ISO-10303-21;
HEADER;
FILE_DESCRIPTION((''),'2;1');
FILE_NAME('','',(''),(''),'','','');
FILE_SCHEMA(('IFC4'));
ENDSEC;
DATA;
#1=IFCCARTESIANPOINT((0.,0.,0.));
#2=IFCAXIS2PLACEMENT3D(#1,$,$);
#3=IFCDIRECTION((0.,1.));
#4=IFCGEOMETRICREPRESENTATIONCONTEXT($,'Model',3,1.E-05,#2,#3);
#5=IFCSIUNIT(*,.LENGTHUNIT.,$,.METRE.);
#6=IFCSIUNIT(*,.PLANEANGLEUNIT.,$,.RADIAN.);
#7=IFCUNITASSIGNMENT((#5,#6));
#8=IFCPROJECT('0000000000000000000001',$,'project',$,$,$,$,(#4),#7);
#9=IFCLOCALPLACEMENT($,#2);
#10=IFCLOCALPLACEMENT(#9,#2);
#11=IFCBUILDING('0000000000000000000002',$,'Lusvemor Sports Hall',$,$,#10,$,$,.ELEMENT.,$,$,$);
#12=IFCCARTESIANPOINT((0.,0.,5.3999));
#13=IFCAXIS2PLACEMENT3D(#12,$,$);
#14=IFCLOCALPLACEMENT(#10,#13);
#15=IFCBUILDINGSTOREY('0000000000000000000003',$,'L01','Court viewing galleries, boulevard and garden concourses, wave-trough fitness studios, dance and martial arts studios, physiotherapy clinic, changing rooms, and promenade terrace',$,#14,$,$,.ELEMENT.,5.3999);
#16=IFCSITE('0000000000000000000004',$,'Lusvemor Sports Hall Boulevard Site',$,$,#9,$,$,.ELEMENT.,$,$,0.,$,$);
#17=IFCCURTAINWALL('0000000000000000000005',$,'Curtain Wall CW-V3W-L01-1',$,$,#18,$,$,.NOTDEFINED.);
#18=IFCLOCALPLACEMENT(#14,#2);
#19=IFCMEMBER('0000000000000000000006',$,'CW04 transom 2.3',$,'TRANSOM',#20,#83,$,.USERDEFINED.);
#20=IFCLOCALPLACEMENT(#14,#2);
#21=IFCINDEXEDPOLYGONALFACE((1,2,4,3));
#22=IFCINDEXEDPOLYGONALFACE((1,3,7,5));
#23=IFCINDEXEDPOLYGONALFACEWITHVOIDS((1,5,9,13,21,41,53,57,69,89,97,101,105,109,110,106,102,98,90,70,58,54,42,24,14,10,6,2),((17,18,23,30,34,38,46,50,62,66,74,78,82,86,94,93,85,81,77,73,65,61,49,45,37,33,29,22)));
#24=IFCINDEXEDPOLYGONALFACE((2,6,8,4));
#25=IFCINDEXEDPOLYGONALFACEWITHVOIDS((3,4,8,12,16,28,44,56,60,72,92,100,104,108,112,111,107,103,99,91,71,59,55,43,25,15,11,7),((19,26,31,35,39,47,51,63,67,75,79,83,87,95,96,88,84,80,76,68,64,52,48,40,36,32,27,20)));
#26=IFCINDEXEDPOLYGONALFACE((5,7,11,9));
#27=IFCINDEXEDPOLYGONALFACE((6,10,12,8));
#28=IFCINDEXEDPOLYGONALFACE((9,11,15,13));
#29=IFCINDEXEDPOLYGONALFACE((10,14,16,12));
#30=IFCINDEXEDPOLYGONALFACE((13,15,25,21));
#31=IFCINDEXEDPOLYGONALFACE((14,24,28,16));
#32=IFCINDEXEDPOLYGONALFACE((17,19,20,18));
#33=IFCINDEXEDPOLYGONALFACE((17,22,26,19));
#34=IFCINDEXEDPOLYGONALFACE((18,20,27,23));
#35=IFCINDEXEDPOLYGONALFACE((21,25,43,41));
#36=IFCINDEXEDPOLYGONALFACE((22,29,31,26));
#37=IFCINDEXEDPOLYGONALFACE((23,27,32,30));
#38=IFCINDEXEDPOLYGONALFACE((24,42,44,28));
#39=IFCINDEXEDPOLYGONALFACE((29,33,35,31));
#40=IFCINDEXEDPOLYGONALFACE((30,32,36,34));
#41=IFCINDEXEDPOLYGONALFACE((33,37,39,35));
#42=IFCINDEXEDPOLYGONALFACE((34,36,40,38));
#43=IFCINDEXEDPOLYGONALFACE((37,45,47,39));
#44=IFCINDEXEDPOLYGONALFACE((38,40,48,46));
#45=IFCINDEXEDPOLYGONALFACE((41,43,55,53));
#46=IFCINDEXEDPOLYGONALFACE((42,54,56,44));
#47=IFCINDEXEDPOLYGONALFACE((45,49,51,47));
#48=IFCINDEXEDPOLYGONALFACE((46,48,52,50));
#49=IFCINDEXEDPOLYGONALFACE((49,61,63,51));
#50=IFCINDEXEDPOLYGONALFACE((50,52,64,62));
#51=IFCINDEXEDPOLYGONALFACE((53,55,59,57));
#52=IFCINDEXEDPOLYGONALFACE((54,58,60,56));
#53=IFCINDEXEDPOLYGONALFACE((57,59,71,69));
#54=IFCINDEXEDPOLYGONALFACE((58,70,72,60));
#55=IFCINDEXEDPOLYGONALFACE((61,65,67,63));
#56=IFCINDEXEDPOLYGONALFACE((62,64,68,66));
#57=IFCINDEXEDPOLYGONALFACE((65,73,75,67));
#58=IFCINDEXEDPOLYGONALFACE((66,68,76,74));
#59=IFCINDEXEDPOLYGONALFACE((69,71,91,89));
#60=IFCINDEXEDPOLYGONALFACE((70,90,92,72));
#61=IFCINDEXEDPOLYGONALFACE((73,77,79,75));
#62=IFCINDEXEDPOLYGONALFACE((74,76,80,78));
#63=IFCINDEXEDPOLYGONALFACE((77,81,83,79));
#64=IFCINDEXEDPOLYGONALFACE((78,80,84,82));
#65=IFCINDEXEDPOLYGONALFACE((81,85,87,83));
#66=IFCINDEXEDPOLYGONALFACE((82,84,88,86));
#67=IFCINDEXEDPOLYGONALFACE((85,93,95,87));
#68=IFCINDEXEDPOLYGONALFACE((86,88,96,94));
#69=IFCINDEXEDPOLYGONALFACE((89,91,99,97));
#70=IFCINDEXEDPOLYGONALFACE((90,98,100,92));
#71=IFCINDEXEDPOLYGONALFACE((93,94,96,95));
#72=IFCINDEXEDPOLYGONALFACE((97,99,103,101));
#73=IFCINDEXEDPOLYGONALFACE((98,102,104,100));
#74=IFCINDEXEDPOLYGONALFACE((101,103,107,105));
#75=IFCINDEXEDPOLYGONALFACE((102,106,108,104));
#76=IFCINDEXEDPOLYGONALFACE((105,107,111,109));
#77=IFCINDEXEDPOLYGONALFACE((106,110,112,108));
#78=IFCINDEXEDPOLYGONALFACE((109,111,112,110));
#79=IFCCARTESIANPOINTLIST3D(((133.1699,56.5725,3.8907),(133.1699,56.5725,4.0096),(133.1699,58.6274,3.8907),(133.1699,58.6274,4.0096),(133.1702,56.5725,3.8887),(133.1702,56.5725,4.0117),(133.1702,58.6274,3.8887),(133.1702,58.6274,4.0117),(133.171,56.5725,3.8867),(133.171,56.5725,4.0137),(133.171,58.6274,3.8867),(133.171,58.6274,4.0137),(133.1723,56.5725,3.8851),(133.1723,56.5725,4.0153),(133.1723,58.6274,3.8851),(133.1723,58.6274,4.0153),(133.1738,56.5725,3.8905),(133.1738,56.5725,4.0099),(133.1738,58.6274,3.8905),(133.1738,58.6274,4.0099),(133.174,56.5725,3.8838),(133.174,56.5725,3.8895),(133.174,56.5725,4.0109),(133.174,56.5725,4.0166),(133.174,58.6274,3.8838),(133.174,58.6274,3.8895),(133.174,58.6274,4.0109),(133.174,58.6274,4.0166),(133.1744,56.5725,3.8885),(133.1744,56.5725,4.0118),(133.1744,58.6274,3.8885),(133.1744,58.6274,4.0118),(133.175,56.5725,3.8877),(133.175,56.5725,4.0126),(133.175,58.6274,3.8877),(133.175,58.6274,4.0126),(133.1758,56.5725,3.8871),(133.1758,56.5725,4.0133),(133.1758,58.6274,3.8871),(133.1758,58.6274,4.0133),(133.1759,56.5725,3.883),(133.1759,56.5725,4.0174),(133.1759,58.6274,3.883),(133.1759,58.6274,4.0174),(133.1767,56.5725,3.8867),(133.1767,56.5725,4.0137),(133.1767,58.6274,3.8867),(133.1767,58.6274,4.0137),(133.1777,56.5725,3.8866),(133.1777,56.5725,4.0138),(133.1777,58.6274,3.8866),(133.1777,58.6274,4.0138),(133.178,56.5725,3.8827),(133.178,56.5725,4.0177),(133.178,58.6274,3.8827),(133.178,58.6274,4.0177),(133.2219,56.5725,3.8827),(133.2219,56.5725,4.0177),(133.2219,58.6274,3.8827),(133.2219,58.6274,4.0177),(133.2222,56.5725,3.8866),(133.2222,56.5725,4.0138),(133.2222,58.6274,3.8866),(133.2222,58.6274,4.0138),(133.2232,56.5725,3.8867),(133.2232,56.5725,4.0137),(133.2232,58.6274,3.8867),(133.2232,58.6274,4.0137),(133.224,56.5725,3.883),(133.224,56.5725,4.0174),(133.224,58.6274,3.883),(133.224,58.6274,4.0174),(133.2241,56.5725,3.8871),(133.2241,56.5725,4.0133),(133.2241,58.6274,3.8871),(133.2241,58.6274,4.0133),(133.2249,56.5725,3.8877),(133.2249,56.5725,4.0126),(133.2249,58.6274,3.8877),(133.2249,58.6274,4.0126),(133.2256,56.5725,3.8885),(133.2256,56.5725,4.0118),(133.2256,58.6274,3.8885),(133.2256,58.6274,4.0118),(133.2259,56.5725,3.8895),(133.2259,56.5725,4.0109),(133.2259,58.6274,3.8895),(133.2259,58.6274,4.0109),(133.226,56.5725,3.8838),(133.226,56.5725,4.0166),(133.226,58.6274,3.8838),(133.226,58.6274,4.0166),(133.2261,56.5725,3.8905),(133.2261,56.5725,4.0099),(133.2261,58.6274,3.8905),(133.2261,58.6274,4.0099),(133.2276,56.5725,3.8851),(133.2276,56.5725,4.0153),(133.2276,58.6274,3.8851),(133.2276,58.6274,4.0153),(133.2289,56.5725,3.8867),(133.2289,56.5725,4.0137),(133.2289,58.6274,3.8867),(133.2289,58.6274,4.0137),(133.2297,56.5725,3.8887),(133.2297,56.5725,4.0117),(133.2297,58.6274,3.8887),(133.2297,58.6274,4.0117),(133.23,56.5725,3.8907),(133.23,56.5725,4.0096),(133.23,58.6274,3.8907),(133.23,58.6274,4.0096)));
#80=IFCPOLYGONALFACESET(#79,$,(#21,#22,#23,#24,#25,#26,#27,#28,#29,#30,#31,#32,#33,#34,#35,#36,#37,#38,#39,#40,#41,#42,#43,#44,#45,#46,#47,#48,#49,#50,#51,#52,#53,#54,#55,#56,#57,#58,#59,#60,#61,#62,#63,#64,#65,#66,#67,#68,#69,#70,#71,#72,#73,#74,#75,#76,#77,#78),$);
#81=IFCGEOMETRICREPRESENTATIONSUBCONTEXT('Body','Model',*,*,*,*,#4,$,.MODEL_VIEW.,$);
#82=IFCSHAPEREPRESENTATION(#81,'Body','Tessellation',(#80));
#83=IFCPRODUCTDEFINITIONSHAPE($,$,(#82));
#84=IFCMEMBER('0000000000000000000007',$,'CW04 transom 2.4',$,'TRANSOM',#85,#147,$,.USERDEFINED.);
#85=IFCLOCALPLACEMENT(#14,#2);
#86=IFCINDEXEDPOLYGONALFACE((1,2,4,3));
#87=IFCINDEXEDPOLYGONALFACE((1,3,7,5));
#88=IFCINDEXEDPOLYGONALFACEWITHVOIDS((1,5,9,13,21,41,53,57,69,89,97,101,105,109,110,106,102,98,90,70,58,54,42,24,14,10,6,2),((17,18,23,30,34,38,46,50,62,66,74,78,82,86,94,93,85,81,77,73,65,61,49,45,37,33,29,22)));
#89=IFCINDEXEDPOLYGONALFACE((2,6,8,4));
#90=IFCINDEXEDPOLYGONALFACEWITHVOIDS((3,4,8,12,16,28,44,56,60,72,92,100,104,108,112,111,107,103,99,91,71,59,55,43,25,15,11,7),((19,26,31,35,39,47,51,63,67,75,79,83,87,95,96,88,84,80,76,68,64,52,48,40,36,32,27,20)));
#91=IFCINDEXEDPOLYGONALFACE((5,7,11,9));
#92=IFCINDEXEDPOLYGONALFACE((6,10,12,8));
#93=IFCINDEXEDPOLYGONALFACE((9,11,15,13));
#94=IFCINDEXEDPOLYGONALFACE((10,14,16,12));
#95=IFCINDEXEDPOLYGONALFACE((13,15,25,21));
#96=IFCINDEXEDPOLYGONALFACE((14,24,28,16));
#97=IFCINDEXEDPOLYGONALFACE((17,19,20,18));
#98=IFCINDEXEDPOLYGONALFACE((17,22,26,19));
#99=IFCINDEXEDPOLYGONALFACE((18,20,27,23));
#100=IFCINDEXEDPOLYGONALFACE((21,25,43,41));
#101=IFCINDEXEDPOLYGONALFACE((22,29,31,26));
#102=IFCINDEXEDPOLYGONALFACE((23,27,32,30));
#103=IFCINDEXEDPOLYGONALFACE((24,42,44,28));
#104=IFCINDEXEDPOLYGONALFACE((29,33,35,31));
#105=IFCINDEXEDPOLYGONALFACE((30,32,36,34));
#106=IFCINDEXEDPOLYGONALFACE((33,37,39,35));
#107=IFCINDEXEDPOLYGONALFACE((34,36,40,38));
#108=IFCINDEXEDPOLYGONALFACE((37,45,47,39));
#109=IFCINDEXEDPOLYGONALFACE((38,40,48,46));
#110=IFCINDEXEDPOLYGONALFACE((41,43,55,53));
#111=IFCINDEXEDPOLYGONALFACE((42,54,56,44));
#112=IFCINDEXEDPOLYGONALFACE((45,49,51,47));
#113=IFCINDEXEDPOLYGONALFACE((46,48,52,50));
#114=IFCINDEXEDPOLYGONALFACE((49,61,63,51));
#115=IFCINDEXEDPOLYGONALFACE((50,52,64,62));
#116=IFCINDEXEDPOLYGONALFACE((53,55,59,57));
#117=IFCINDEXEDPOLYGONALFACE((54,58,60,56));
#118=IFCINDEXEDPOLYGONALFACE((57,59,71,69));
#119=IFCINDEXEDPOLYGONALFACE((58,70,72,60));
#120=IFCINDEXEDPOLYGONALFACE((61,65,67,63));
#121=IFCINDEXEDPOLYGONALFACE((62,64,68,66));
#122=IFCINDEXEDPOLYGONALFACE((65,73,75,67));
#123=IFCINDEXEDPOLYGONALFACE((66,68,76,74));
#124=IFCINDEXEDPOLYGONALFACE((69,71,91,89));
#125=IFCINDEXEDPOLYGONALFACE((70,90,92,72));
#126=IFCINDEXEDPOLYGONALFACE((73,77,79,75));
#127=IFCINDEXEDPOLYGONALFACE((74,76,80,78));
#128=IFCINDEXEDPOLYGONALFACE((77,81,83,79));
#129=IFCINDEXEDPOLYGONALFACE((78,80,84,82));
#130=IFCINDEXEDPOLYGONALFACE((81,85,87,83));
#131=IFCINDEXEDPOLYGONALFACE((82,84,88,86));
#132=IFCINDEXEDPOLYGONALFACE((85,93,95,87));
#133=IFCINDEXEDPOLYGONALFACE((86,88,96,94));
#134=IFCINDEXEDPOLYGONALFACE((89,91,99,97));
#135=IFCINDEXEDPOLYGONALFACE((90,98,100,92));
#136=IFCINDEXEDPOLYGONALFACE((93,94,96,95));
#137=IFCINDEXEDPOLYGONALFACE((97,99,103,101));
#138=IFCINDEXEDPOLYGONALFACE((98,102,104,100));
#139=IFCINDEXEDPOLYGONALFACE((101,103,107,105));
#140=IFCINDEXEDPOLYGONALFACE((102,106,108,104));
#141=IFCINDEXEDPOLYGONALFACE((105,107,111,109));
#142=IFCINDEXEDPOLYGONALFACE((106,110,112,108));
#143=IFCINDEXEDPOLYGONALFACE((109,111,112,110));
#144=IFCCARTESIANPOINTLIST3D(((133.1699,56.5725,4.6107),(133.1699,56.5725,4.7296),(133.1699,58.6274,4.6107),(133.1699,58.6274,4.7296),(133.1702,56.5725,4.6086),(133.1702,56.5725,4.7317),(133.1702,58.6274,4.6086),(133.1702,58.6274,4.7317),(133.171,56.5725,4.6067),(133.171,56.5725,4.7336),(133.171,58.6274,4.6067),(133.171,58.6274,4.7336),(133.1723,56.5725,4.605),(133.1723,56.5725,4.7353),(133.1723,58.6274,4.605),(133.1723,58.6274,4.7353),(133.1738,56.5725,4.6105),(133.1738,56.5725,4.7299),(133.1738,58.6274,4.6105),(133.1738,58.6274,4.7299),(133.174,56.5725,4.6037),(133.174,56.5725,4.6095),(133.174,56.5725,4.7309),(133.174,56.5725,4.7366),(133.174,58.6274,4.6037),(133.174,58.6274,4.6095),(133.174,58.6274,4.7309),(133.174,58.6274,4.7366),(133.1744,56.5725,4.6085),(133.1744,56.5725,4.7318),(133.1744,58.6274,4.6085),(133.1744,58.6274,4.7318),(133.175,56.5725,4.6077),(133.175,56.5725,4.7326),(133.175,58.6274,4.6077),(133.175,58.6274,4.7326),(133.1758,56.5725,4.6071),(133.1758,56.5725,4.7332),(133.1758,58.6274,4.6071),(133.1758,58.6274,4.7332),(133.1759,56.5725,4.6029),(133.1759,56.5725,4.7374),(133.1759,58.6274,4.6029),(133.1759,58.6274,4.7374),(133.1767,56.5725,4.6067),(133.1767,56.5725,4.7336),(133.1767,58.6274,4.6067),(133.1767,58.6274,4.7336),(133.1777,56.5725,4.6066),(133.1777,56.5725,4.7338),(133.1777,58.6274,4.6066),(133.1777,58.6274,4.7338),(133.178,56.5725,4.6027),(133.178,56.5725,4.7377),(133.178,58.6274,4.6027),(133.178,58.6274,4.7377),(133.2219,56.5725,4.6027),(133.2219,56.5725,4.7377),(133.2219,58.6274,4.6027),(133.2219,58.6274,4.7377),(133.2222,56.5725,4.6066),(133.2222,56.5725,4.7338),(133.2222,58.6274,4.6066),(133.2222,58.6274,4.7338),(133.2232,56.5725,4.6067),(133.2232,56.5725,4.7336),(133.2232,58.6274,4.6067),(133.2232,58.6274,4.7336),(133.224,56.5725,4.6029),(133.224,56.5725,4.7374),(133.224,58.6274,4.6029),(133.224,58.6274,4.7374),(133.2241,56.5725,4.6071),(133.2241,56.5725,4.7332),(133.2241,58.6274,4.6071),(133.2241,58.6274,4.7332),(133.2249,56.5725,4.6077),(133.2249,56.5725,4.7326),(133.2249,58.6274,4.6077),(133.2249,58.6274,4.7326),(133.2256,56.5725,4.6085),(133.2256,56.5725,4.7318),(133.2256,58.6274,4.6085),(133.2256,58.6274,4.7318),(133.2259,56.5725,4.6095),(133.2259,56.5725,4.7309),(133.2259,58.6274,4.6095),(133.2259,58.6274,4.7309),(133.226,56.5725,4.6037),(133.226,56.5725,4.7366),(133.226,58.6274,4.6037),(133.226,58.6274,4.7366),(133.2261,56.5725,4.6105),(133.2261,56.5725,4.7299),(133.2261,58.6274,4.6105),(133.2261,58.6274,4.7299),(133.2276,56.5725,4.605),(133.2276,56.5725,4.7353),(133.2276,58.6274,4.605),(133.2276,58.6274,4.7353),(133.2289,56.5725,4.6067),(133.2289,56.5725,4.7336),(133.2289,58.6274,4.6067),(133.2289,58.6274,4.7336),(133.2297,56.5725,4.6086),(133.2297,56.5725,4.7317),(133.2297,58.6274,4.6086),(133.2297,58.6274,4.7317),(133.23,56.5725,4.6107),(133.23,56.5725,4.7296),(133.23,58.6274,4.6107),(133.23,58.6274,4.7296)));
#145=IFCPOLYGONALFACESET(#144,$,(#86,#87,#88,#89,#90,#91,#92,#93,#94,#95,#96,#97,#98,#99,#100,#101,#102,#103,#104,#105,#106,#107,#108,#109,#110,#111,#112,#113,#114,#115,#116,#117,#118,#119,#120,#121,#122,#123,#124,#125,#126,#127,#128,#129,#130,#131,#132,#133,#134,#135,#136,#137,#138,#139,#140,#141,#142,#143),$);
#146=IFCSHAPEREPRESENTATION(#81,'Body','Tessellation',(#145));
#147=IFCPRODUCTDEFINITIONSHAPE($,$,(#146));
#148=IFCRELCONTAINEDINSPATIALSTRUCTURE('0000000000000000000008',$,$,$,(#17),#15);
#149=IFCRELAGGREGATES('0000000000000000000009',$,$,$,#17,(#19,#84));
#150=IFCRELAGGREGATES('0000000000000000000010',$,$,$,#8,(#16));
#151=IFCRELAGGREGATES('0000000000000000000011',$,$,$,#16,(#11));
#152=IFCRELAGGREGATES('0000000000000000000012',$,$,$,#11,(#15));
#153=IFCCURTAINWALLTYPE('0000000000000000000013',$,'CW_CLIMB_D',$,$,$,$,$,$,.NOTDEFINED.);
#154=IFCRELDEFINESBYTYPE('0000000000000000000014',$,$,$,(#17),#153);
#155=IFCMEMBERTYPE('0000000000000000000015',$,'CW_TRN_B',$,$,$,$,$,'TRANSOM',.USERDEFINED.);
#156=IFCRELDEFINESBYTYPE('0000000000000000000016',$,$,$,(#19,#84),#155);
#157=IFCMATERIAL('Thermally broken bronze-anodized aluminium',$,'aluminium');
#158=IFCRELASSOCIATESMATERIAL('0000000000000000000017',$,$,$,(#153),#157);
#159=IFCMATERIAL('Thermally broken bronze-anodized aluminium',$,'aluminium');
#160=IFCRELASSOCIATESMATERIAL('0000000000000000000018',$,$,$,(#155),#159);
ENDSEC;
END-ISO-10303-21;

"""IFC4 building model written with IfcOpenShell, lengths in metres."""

from ifc_helpers import new_model, si_unit, direction, frame, origin, origin_2d, place, context, subcontext, project, spatial, hollow_rectangle, extrude, material, material_profile, profile_set, type_object, element, aggregate, save


model = new_model("IFC4")

# Units and contexts
model_context = context("Model", 3, precision=1e-05, world=origin(), true_north=direction((0.0, 1.0)))
body_context = subcontext(model_context, "Body", "Model", "MODEL_VIEW")
ifc_project = project(units=[si_unit("LENGTHUNIT", "METRE"), si_unit("PLANEANGLEUNIT", "RADIAN")], contexts=[model_context])

# Site, building, storey
site_placement = place(None, origin())
site = spatial("IfcSite", under=ifc_project, at=site_placement, Name="Lusvemor Sports Hall Boulevard Site", CompositionType="ELEMENT", RefElevation=0.0)
building_placement = place(site_placement, origin())
building = spatial("IfcBuilding", under=site, at=building_placement, Name="Lusvemor Sports Hall", CompositionType="ELEMENT")
storey_placement = place(building_placement, frame((0.0, 0.0, 5.3999)))
storey = spatial("IfcBuildingStorey", under=building, at=storey_placement, Name="L01", Description="Court viewing galleries, boulevard and garden concourses, wave-trough fitness studios, dance and martial arts studios, physiotherapy clinic, changing rooms, and promenade terrace", CompositionType="ELEMENT", Elevation=5.3999)

# Shared definitions
ifc_material_1 = material(Name="Thermally broken bronze-anodized aluminium", Category="aluminium")
curtain_wall_type = type_object("IfcCurtainWallType", Name="CW_CLIMB_D", PredefinedType="NOTDEFINED", material=ifc_material_1)

# Curtain wall
curtain_wall_1_placement = place(storey_placement, origin())
curtain_wall_1 = element("IfcCurtainWall", 1, at=curtain_wall_1_placement, inside=storey, type_object=curtain_wall_type, Name="Curtain Wall CW-V3W-L01-1", PredefinedType="NOTDEFINED")

# Members
ifc_material_2 = material(Name="Thermally broken bronze-anodized aluminium", Category="aluminium")
ifc_material_profile_1 = material_profile(ifc_material_2, hollow_rectangle(XDim=0.0601, YDim=0.135, WallThickness=0.0039, InnerFilletRadius=0.0039, OuterFilletRadius=0.0081, at=origin_2d()), Name="CWTRN135x60x4")
ifc_profile_set_1 = profile_set([ifc_material_profile_1], Name="Thermally broken bronze-anodized aluminium")
member_type_1 = type_object("IfcMemberType", Name="CW_TRN_B", ElementType="TRANSOM", PredefinedType="USERDEFINED", material=ifc_profile_set_1)
member_1_placement = place(storey_placement, frame((133.2, 56.5725, 3.9502), z_axis=(0.0, 1.0, 0.0), x_axis=(-1.0, 0.0, 0.0)))
member_1 = element("IfcMember", 2, at=member_1_placement, type_object=member_type_1, Name="CW04 transom 2.3", ObjectType="TRANSOM", PredefinedType="USERDEFINED", context=body_context, shape_type="SweptSolid", body=[
    extrude(hollow_rectangle(XDim=0.0601, YDim=0.135, WallThickness=0.0039, InnerFilletRadius=0.0039, OuterFilletRadius=0.0081, at=origin_2d()), origin(), (0.0, 0.0, 1.0), 2.0549),
])
member_2_placement = place(storey_placement, frame((133.2, 56.5725, 4.6702), z_axis=(0.0, 1.0, 0.0), x_axis=(-1.0, 0.0, 0.0)))
member_2 = element("IfcMember", 3, at=member_2_placement, type_object=member_type_1, Name="CW04 transom 2.4", ObjectType="TRANSOM", PredefinedType="USERDEFINED", context=body_context, shape_type="SweptSolid", body=[
    extrude(hollow_rectangle(XDim=0.0601, YDim=0.135, WallThickness=0.0039, InnerFilletRadius=0.0039, OuterFilletRadius=0.0081, at=origin_2d()), origin(), (0.0, 0.0, 1.0), 2.0549),
])

aggregate(curtain_wall_1, [member_1, member_2])

save(model, "model.ifc")
